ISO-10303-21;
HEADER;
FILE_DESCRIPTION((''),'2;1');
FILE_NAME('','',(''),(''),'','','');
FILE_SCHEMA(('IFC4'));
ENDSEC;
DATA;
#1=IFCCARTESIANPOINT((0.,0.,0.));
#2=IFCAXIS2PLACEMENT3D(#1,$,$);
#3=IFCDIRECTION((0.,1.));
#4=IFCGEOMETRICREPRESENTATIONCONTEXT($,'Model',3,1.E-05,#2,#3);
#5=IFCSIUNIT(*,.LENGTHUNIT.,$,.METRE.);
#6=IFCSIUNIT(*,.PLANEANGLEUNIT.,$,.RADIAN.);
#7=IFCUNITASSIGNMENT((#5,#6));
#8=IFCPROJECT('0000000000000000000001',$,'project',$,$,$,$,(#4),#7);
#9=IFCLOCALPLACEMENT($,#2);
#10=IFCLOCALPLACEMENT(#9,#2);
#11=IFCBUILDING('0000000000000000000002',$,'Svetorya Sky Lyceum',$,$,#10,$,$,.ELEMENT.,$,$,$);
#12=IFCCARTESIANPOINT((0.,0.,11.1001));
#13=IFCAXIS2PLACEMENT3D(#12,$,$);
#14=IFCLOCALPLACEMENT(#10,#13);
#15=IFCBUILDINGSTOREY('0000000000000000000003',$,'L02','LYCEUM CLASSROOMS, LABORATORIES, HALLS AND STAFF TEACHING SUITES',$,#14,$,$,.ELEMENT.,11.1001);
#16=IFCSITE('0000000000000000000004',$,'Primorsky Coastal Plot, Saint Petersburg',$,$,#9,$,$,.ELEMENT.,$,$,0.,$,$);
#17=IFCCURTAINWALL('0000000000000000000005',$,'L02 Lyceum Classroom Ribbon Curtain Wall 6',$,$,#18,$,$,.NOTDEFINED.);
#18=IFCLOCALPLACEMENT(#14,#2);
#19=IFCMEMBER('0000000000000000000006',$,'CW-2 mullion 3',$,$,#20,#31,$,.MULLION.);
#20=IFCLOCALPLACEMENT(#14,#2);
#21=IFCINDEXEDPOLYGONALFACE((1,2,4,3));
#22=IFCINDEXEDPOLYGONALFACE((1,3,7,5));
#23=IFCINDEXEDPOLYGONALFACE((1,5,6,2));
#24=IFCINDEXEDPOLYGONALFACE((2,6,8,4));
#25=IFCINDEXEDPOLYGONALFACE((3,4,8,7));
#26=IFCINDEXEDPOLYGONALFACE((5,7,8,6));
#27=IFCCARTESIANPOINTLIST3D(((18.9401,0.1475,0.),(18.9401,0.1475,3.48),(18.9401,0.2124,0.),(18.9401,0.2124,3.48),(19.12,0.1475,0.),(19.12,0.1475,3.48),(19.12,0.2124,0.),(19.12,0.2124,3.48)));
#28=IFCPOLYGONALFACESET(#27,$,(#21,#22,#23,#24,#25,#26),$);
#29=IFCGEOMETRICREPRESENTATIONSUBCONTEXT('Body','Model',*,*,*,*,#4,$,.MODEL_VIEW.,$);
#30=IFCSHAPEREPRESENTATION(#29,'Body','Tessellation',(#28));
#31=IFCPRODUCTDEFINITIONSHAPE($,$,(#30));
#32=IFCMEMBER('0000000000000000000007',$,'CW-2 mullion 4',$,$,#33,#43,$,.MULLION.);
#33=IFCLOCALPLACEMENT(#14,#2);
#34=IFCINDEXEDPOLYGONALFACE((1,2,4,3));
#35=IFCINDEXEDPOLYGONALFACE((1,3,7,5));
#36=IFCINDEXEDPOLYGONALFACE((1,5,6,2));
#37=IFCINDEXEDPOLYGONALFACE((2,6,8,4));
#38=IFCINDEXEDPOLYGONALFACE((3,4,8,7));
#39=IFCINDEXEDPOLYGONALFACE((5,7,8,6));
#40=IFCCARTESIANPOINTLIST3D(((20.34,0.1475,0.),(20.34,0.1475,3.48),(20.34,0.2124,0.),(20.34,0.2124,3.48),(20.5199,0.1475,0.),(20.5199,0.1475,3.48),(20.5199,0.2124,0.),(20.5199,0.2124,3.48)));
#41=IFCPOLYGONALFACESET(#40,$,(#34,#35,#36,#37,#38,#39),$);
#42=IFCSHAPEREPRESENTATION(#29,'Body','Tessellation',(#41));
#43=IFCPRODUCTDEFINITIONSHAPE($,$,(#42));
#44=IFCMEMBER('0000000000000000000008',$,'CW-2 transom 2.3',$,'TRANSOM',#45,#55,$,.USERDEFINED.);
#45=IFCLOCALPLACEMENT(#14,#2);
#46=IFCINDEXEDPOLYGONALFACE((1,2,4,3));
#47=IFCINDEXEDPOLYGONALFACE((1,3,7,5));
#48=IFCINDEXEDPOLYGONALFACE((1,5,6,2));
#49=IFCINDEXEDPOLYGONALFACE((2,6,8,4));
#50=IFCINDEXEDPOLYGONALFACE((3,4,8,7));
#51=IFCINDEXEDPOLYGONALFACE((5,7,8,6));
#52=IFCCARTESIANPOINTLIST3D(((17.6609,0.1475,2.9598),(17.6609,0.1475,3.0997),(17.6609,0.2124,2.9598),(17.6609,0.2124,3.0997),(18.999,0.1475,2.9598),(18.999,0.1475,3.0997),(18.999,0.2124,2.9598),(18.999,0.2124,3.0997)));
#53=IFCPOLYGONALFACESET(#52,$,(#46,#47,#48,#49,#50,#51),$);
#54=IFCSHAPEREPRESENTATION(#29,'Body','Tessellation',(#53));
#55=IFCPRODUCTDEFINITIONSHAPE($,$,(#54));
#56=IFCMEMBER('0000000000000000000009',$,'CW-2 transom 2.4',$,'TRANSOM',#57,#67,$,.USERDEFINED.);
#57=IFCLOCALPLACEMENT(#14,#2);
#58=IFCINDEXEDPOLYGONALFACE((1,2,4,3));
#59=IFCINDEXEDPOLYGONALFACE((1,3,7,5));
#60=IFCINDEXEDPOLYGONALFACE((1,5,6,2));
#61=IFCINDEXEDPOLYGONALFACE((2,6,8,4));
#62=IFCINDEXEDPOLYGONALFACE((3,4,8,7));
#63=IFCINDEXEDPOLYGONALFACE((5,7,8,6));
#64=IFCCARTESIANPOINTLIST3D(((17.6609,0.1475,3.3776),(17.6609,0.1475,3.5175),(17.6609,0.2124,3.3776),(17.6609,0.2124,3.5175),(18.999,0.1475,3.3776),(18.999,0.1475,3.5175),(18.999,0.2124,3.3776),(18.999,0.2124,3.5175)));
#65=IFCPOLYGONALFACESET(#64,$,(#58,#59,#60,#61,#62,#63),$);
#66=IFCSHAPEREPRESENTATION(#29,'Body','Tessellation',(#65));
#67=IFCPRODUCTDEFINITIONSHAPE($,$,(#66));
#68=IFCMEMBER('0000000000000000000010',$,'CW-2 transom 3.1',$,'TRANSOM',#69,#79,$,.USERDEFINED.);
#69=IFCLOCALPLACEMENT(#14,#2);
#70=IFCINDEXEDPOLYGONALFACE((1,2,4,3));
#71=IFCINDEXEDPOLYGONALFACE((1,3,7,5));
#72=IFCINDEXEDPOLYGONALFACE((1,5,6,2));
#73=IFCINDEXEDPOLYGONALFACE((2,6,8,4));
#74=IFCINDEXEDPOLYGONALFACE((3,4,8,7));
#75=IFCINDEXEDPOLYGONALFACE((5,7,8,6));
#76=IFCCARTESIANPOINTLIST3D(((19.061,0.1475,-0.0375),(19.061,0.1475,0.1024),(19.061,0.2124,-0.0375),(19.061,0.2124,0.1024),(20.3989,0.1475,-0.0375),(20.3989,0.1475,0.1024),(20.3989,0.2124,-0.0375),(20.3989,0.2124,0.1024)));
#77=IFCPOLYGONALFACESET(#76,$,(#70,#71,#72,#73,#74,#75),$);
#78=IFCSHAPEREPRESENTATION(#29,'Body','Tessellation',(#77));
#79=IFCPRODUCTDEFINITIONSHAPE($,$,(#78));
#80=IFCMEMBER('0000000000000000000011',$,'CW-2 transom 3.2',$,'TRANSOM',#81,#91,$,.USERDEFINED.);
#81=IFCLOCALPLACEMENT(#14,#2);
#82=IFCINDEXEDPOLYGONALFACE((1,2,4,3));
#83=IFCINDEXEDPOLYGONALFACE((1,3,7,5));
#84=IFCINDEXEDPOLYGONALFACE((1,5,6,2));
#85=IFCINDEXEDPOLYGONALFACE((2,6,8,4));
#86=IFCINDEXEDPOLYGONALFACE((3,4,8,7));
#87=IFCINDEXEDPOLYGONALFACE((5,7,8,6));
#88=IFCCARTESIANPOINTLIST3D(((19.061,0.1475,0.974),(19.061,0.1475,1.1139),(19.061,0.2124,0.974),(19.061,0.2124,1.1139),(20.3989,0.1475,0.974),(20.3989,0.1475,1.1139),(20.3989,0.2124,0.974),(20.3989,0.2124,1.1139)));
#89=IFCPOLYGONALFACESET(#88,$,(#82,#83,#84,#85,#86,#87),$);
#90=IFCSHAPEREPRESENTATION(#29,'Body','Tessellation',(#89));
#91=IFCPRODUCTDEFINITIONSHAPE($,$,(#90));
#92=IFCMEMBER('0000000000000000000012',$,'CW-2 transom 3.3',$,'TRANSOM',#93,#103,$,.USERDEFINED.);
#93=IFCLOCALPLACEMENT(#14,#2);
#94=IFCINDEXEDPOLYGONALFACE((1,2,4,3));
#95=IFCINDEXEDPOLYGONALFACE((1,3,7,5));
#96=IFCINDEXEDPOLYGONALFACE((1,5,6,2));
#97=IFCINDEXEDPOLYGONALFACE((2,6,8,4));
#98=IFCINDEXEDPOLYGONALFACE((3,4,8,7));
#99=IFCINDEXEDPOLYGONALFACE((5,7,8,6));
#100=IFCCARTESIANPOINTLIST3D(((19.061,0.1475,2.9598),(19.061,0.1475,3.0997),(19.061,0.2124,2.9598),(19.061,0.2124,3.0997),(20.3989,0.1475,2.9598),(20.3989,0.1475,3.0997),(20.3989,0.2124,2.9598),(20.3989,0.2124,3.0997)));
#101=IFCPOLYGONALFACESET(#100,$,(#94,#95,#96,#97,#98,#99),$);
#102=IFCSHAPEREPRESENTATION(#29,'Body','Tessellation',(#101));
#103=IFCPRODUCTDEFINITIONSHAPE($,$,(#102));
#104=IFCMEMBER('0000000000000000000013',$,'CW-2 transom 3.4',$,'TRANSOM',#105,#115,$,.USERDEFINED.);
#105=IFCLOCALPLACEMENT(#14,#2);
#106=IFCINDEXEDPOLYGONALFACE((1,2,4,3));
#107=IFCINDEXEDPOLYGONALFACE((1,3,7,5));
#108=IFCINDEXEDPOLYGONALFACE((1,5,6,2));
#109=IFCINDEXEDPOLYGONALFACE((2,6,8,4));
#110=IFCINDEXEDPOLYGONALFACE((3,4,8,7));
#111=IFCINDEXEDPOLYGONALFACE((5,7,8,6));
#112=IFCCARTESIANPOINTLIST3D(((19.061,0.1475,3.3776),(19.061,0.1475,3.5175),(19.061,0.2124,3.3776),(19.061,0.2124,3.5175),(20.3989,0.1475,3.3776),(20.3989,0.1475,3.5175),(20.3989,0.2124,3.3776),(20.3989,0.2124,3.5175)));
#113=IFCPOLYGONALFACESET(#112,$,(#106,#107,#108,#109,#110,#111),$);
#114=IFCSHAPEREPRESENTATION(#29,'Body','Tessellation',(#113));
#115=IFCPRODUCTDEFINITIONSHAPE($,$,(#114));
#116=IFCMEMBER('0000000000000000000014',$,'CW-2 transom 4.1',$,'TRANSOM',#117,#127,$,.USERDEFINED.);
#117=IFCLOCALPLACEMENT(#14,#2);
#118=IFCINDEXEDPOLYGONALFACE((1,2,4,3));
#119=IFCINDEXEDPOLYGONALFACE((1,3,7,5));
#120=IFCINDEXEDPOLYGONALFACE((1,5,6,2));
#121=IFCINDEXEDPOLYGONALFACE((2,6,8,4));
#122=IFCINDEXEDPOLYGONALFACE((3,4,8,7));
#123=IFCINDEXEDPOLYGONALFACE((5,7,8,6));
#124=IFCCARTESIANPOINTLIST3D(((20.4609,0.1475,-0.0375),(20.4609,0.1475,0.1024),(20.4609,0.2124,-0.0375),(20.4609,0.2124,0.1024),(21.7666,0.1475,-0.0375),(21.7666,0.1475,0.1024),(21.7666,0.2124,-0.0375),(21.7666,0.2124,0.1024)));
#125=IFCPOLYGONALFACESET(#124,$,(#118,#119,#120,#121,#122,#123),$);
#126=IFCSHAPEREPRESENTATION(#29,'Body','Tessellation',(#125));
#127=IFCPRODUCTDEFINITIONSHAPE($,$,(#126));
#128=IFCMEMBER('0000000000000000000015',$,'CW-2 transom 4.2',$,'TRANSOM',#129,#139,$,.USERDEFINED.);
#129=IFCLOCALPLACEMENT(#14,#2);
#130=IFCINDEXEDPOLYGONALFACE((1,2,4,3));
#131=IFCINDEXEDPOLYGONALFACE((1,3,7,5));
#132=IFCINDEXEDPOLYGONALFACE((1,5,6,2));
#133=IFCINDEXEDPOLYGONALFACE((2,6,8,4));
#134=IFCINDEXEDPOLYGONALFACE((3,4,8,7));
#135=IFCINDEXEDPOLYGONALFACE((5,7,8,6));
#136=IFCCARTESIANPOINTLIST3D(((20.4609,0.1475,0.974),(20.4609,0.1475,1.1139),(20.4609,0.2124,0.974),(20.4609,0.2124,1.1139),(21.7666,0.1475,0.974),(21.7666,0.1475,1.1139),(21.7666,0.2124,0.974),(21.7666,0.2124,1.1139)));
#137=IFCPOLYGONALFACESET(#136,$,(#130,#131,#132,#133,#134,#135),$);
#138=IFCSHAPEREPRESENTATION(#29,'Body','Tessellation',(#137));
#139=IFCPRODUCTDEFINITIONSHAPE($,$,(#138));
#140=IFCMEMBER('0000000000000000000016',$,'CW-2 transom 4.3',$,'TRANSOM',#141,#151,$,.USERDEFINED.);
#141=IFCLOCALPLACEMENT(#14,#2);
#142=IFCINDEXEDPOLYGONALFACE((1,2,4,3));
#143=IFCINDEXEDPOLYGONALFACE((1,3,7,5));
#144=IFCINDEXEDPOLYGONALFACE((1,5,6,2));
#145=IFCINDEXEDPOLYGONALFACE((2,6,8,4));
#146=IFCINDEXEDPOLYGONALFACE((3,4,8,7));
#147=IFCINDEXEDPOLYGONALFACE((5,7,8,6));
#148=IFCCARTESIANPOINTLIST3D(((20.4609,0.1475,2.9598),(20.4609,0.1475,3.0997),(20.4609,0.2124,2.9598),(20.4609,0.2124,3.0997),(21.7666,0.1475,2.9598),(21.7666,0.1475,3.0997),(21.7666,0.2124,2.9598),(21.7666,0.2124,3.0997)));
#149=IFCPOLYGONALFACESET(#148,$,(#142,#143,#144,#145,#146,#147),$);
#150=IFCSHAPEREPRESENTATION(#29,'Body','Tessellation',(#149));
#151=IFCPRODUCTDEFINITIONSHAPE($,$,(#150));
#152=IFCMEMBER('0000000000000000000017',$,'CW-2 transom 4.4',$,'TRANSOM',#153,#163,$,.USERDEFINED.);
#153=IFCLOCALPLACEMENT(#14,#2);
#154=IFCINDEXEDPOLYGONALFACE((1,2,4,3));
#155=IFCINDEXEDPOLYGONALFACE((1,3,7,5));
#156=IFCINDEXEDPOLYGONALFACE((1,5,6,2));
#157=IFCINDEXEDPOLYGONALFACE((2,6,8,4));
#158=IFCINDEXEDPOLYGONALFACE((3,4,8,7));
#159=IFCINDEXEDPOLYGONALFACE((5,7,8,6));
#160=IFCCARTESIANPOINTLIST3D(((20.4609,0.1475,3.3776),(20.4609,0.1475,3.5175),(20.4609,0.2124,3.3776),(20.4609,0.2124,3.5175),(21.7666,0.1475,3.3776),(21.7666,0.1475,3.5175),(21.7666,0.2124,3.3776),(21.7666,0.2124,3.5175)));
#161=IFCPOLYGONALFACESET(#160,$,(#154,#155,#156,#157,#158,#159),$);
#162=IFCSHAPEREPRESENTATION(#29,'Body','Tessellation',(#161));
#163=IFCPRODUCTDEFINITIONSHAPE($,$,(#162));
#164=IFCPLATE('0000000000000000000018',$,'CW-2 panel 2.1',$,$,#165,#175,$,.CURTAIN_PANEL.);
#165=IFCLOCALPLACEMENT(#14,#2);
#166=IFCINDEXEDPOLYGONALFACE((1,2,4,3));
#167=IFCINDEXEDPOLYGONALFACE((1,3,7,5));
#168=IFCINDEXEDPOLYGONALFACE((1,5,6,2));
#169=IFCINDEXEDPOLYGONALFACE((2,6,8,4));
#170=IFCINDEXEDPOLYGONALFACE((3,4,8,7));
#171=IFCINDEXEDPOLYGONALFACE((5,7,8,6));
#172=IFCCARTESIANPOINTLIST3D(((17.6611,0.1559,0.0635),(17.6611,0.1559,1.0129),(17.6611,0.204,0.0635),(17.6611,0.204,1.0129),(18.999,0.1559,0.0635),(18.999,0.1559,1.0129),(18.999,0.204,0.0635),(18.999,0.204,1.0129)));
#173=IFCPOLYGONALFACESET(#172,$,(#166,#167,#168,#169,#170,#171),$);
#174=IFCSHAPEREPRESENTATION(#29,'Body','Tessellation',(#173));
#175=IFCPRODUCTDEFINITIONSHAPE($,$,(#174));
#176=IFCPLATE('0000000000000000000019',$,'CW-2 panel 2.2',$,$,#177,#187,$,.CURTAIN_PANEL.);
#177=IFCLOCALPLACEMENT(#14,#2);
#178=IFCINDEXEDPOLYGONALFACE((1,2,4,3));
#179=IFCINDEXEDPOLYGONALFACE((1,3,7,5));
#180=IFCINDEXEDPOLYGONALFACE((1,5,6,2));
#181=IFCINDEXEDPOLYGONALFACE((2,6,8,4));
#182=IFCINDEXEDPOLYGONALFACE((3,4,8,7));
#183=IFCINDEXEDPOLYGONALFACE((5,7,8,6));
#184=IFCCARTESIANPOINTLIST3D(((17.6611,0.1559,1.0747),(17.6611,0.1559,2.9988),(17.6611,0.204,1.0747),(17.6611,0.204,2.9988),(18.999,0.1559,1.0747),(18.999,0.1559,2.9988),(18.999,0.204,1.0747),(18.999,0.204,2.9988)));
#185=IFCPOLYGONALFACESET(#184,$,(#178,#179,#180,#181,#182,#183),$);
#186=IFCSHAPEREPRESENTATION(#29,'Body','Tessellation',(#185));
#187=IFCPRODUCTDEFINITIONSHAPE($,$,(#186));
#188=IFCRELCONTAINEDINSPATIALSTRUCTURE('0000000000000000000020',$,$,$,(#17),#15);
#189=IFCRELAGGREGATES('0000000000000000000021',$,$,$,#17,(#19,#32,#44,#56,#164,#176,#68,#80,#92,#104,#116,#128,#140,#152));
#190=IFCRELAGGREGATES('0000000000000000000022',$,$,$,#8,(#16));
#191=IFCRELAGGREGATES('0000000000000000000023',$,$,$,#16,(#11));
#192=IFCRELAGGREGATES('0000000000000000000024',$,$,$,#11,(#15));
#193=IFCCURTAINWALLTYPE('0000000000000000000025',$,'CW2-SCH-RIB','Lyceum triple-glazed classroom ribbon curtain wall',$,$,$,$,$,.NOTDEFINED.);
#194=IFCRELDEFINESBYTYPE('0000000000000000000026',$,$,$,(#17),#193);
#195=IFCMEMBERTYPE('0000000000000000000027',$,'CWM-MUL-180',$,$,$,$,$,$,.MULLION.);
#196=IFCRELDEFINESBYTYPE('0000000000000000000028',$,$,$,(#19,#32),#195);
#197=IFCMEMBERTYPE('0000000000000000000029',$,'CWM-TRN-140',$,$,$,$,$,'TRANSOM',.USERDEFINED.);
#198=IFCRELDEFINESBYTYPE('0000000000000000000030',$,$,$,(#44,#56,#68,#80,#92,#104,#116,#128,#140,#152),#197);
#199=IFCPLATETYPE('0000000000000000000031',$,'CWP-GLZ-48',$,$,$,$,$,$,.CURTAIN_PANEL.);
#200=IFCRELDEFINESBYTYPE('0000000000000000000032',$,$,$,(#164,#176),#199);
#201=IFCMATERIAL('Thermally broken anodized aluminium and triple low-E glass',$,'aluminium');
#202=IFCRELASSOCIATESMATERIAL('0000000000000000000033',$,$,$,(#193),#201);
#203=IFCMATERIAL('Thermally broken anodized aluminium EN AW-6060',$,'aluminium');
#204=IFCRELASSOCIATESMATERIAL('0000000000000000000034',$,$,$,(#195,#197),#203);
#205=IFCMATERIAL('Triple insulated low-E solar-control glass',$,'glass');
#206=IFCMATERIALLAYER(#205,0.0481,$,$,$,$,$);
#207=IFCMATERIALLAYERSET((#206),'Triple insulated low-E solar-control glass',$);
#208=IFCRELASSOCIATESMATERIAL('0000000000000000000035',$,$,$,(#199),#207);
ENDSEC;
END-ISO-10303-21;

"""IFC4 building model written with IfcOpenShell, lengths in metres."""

from ifc_helpers import new_model, si_unit, direction, frame, origin, origin_2d, place, context, subcontext, project, spatial, rectangle, extrude, material, layer, layer_set, material_profile, profile_set, type_object, element, aggregate, save


model = new_model("IFC4")

# Units and contexts
model_context = context("Model", 3, precision=1e-05, world=origin(), true_north=direction((0.0, 1.0)))
body_context = subcontext(model_context, "Body", "Model", "MODEL_VIEW")
ifc_project = project(units=[si_unit("LENGTHUNIT", "METRE"), si_unit("PLANEANGLEUNIT", "RADIAN")], contexts=[model_context])

# Site, building, storey
site_placement = place(None, origin())
site = spatial("IfcSite", under=ifc_project, at=site_placement, Name="Primorsky Coastal Plot, Saint Petersburg", CompositionType="ELEMENT", RefElevation=0.0)
building_placement = place(site_placement, origin())
building = spatial("IfcBuilding", under=site, at=building_placement, Name="Svetorya Sky Lyceum", CompositionType="ELEMENT")
storey_placement = place(building_placement, frame((0.0, 0.0, 11.1001)))
storey = spatial("IfcBuildingStorey", under=building, at=storey_placement, Name="L02", Description="LYCEUM CLASSROOMS, LABORATORIES, HALLS AND STAFF TEACHING SUITES", CompositionType="ELEMENT", Elevation=11.1001)

# Curtain wall, members, plates
ifc_material_1 = material(Name="Thermally broken anodized aluminium and triple low-E glass", Category="aluminium")
curtain_wall_type = type_object("IfcCurtainWallType", Name="CW2-SCH-RIB", Description="Lyceum triple-glazed classroom ribbon curtain wall", PredefinedType="NOTDEFINED", material=ifc_material_1)
curtain_wall_placement = place(storey_placement, origin())
curtain_wall = element("IfcCurtainWall", 1, at=curtain_wall_placement, inside=storey, type_object=curtain_wall_type, Name="L02 Lyceum Classroom Ribbon Curtain Wall 6", PredefinedType="NOTDEFINED")
ifc_material_2 = material(Name="Thermally broken anodized aluminium EN AW-6060", Category="aluminium")
ifc_material_profile_1 = material_profile(ifc_material_2, rectangle(XDim=0.0649, YDim=0.1799, at=origin_2d()), Name="ALU MULLION 65x180")
ifc_profile_set_1 = profile_set([ifc_material_profile_1], Name="Thermally broken anodized aluminium EN AW-6060")
member_type_1 = type_object("IfcMemberType", Name="CWM-MUL-180", PredefinedType="MULLION", material=ifc_profile_set_1)
member_1_placement = place(storey_placement, frame((19.03, 0.1799, 0.0), z_axis=(0.0, 0.0, 1.0), x_axis=(0.0, 1.0, 0.0)))
member_1 = element("IfcMember", 2, at=member_1_placement, type_object=member_type_1, Name="CW-2 mullion 3", PredefinedType="MULLION", context=body_context, shape_type="SweptSolid", body=[
    extrude(rectangle(XDim=0.0649, YDim=0.1799, at=origin_2d()), origin(), (0.0, 0.0, 1.0), 3.48),
])
member_2_placement = place(storey_placement, frame((20.4299, 0.1799, 0.0), z_axis=(0.0, 0.0, 1.0), x_axis=(0.0, 1.0, 0.0)))
member_2 = element("IfcMember", 3, at=member_2_placement, type_object=member_type_1, Name="CW-2 mullion 4", PredefinedType="MULLION", context=body_context, shape_type="SweptSolid", body=[
    extrude(rectangle(XDim=0.0649, YDim=0.1799, at=origin_2d()), origin(), (0.0, 0.0, 1.0), 3.48),
])
ifc_material_profile_2 = material_profile(ifc_material_2, rectangle(XDim=0.0649, YDim=0.1399, at=origin_2d()), Name="ALU TRANSOM 65x140")
ifc_profile_set_2 = profile_set([ifc_material_profile_2], Name="Thermally broken anodized aluminium EN AW-6060")
member_type_2 = type_object("IfcMemberType", Name="CWM-TRN-140", ElementType="TRANSOM", PredefinedType="USERDEFINED", material=ifc_profile_set_2)
member_3_placement = place(storey_placement, frame((17.6609, 0.1799, 3.0298), z_axis=(1.0, 0.0, 0.0), x_axis=(0.0, 1.0, 0.0)))
member_3 = element("IfcMember", 4, at=member_3_placement, type_object=member_type_2, Name="CW-2 transom 2.3", ObjectType="TRANSOM", PredefinedType="USERDEFINED", context=body_context, shape_type="SweptSolid", body=[
    extrude(rectangle(XDim=0.0649, YDim=0.1399, at=origin_2d()), origin(), (0.0, 0.0, 1.0), 1.3381),
])
member_4_placement = place(storey_placement, frame((17.6609, 0.1799, 3.4475), z_axis=(1.0, 0.0, 0.0), x_axis=(0.0, 1.0, 0.0)))
member_4 = element("IfcMember", 5, at=member_4_placement, type_object=member_type_2, Name="CW-2 transom 2.4", ObjectType="TRANSOM", PredefinedType="USERDEFINED", context=body_context, shape_type="SweptSolid", body=[
    extrude(rectangle(XDim=0.0649, YDim=0.1399, at=origin_2d()), origin(), (0.0, 0.0, 1.0), 1.3381),
])
member_5_placement = place(storey_placement, frame((19.061, 0.1799, 0.0325), z_axis=(1.0, 0.0, 0.0), x_axis=(0.0, 1.0, 0.0)))
member_5 = element("IfcMember", 6, at=member_5_placement, type_object=member_type_2, Name="CW-2 transom 3.1", ObjectType="TRANSOM", PredefinedType="USERDEFINED", context=body_context, shape_type="SweptSolid", body=[
    extrude(rectangle(XDim=0.0649, YDim=0.1399, at=origin_2d()), origin(), (0.0, 0.0, 1.0), 1.3379),
])
member_6_placement = place(storey_placement, frame((19.061, 0.1799, 1.0439), z_axis=(1.0, 0.0, 0.0), x_axis=(0.0, 1.0, 0.0)))
member_6 = element("IfcMember", 7, at=member_6_placement, type_object=member_type_2, Name="CW-2 transom 3.2", ObjectType="TRANSOM", PredefinedType="USERDEFINED", context=body_context, shape_type="SweptSolid", body=[
    extrude(rectangle(XDim=0.0649, YDim=0.1399, at=origin_2d()), origin(), (0.0, 0.0, 1.0), 1.3379),
])
member_7_placement = place(storey_placement, frame((19.061, 0.1799, 3.0298), z_axis=(1.0, 0.0, 0.0), x_axis=(0.0, 1.0, 0.0)))
member_7 = element("IfcMember", 8, at=member_7_placement, type_object=member_type_2, Name="CW-2 transom 3.3", ObjectType="TRANSOM", PredefinedType="USERDEFINED", context=body_context, shape_type="SweptSolid", body=[
    extrude(rectangle(XDim=0.0649, YDim=0.1399, at=origin_2d()), origin(), (0.0, 0.0, 1.0), 1.3379),
])
member_8_placement = place(storey_placement, frame((19.061, 0.1799, 3.4475), z_axis=(1.0, 0.0, 0.0), x_axis=(0.0, 1.0, 0.0)))
member_8 = element("IfcMember", 9, at=member_8_placement, type_object=member_type_2, Name="CW-2 transom 3.4", ObjectType="TRANSOM", PredefinedType="USERDEFINED", context=body_context, shape_type="SweptSolid", body=[
    extrude(rectangle(XDim=0.0649, YDim=0.1399, at=origin_2d()), origin(), (0.0, 0.0, 1.0), 1.3379),
])
member_9_placement = place(storey_placement, frame((20.4609, 0.1799, 0.0325), z_axis=(1.0, 0.0, 0.0), x_axis=(0.0, 1.0, 0.0)))
member_9 = element("IfcMember", 10, at=member_9_placement, type_object=member_type_2, Name="CW-2 transom 4.1", ObjectType="TRANSOM", PredefinedType="USERDEFINED", context=body_context, shape_type="SweptSolid", body=[
    extrude(rectangle(XDim=0.0649, YDim=0.1399, at=origin_2d()), origin(), (0.0, 0.0, 1.0), 1.3057),
])
member_10_placement = place(storey_placement, frame((20.4609, 0.1799, 1.0439), z_axis=(1.0, 0.0, 0.0), x_axis=(0.0, 1.0, 0.0)))
member_10 = element("IfcMember", 11, at=member_10_placement, type_object=member_type_2, Name="CW-2 transom 4.2", ObjectType="TRANSOM", PredefinedType="USERDEFINED", context=body_context, shape_type="SweptSolid", body=[
    extrude(rectangle(XDim=0.0649, YDim=0.1399, at=origin_2d()), origin(), (0.0, 0.0, 1.0), 1.3057),
])
member_11_placement = place(storey_placement, frame((20.4609, 0.1799, 3.0298), z_axis=(1.0, 0.0, 0.0), x_axis=(0.0, 1.0, 0.0)))
member_11 = element("IfcMember", 12, at=member_11_placement, type_object=member_type_2, Name="CW-2 transom 4.3", ObjectType="TRANSOM", PredefinedType="USERDEFINED", context=body_context, shape_type="SweptSolid", body=[
    extrude(rectangle(XDim=0.0649, YDim=0.1399, at=origin_2d()), origin(), (0.0, 0.0, 1.0), 1.3057),
])
member_12_placement = place(storey_placement, frame((20.4609, 0.1799, 3.4475), z_axis=(1.0, 0.0, 0.0), x_axis=(0.0, 1.0, 0.0)))
member_12 = element("IfcMember", 13, at=member_12_placement, type_object=member_type_2, Name="CW-2 transom 4.4", ObjectType="TRANSOM", PredefinedType="USERDEFINED", context=body_context, shape_type="SweptSolid", body=[
    extrude(rectangle(XDim=0.0649, YDim=0.1399, at=origin_2d()), origin(), (0.0, 0.0, 1.0), 1.3057),
])
ifc_material_3 = material(Name="Triple insulated low-E solar-control glass", Category="glass")
ifc_layer = layer(ifc_material_3, 0.0481)
ifc_layer_set = layer_set([ifc_layer], Name="Triple insulated low-E solar-control glass")
plate_type = type_object("IfcPlateType", Name="CWP-GLZ-48", PredefinedType="CURTAIN_PANEL", material=ifc_layer_set)
plate_1_placement = place(storey_placement, frame((18.3301, 0.1799, 0.0635), z_axis=(0.0, 0.0, 1.0), x_axis=(1.0, 0.0, 0.0)))
plate_1 = element("IfcPlate", 14, at=plate_1_placement, type_object=plate_type, Name="CW-2 panel 2.1", PredefinedType="CURTAIN_PANEL", context=body_context, shape_type="SweptSolid", body=[
    extrude(rectangle(XDim=1.3379, YDim=0.0481, at=origin_2d()), origin(), (0.0, 0.0, 1.0), 0.9495),
])
plate_2_placement = place(storey_placement, frame((18.3301, 0.1799, 1.0747), z_axis=(0.0, 0.0, 1.0), x_axis=(1.0, 0.0, 0.0)))
plate_2 = element("IfcPlate", 15, at=plate_2_placement, type_object=plate_type, Name="CW-2 panel 2.2", PredefinedType="CURTAIN_PANEL", context=body_context, shape_type="SweptSolid", body=[
    extrude(rectangle(XDim=1.3379, YDim=0.0481, at=origin_2d()), origin(), (0.0, 0.0, 1.0), 1.9241),
])
aggregate(curtain_wall, [member_1, member_2, member_3, member_4, plate_1, plate_2, member_5, member_6, member_7, member_8, member_9, member_10, member_11, member_12])

save(model, "model.ifc")
